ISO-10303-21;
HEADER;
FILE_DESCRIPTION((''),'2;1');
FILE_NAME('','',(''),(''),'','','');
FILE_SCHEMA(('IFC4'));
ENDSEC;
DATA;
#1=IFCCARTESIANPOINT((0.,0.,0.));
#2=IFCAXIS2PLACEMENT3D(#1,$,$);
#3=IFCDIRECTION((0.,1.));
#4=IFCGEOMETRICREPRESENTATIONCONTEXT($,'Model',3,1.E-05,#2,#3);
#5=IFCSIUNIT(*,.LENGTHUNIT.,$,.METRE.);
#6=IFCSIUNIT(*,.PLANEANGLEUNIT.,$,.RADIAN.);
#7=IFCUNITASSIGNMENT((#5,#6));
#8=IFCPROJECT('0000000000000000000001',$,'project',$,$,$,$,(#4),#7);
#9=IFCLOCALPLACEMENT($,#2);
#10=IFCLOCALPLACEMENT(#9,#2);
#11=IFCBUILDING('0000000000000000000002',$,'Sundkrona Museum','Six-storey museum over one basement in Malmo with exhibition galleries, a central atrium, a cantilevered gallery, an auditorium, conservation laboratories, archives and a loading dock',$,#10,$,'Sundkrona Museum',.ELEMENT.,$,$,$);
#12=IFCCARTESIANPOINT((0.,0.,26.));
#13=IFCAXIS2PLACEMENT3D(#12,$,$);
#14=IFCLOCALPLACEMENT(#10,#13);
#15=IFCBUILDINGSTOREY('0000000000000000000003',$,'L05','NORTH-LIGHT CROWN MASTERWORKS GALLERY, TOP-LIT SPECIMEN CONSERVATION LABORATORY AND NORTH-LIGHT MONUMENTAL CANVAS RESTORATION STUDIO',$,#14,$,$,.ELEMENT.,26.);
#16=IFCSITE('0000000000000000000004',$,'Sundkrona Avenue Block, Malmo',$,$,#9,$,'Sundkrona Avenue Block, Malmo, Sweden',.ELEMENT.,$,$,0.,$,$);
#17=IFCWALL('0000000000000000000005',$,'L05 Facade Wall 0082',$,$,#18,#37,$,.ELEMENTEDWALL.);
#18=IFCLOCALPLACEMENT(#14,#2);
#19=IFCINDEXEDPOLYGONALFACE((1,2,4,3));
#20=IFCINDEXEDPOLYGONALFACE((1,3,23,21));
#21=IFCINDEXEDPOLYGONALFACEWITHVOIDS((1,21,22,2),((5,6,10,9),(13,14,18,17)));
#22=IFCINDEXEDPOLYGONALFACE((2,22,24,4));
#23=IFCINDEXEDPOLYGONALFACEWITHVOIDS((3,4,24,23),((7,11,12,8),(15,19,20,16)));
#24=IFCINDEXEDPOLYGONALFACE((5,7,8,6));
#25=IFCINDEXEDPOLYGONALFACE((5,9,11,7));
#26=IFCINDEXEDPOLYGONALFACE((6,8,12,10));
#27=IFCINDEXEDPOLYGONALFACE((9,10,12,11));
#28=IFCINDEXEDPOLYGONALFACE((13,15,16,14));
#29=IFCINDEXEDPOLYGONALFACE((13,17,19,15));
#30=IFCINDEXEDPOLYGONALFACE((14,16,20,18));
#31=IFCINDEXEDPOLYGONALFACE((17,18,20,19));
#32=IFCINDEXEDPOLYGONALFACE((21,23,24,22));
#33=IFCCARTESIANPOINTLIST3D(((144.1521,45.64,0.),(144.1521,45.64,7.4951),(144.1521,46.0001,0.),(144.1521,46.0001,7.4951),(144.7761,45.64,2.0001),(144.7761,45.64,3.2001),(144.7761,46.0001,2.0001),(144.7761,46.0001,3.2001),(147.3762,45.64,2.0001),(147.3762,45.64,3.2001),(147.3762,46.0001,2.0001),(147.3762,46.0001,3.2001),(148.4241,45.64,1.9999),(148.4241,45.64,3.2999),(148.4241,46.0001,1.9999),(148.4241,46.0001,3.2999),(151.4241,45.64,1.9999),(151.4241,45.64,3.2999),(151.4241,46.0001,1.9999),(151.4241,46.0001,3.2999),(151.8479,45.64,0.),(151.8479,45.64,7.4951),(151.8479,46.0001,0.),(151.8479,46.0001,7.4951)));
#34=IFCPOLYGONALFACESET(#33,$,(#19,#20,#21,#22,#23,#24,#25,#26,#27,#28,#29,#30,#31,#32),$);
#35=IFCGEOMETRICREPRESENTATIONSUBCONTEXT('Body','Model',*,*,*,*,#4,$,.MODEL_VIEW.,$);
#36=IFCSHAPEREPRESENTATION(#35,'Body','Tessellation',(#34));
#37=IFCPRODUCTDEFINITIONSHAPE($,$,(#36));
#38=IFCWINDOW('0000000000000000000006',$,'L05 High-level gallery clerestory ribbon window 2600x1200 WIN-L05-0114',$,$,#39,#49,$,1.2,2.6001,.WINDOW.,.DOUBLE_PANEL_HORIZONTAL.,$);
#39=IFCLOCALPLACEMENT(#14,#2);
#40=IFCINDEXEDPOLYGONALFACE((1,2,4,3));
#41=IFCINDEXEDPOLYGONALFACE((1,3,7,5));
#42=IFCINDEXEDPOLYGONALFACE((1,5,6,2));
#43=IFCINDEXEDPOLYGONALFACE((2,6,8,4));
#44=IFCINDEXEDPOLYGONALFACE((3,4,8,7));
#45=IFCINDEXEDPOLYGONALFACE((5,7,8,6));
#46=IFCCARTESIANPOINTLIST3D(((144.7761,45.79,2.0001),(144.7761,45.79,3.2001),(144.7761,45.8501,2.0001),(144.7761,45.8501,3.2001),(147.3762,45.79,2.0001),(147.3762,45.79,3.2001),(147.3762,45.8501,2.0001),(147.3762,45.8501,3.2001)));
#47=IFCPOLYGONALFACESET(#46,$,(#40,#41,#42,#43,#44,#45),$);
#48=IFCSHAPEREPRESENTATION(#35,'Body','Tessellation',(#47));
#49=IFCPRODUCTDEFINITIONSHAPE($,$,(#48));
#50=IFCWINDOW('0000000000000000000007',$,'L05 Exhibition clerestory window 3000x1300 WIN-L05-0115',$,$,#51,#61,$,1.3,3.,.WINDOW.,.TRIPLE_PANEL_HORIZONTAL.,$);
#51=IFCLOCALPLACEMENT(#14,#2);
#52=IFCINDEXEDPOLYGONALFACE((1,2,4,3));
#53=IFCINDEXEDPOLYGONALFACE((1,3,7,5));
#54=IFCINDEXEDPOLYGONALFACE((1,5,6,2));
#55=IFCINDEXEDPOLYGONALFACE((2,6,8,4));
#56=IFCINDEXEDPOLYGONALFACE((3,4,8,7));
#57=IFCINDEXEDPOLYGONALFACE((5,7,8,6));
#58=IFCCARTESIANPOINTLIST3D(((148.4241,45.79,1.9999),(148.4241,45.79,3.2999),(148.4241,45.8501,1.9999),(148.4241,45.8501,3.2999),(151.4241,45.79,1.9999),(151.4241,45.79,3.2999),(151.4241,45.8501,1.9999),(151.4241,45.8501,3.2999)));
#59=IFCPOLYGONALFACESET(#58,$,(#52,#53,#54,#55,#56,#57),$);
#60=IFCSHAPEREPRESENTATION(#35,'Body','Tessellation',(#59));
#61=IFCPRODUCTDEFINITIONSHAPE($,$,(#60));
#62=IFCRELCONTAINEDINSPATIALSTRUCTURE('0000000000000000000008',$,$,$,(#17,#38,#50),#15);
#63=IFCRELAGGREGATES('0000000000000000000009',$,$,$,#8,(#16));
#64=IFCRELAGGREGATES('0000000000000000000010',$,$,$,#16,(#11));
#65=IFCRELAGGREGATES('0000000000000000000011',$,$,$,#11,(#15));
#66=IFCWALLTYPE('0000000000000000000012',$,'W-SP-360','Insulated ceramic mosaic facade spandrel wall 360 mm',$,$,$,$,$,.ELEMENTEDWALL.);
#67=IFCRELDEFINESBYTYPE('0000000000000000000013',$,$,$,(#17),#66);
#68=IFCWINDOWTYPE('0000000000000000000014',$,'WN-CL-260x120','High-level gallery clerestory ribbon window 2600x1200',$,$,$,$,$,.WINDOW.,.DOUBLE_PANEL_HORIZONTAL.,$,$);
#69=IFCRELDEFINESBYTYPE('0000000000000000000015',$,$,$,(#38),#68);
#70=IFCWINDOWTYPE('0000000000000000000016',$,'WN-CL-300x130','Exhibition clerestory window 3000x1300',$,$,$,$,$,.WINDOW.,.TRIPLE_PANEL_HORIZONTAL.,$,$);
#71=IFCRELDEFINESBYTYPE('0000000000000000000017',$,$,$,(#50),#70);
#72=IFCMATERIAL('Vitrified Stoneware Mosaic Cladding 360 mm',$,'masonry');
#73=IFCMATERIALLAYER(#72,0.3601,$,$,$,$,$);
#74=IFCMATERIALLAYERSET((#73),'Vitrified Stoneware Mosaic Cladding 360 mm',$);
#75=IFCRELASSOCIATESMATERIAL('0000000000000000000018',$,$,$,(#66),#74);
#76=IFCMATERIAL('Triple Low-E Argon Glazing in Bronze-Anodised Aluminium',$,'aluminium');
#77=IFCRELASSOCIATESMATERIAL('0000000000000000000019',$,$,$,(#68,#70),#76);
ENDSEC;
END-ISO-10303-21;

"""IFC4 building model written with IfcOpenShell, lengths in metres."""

from ifc_helpers import new_model, si_unit, direction, frame, frame_2d, origin, place, context, subcontext, project, spatial, rectangle, extrude, material, layer, layer_set, type_object, element, fill, save


model = new_model("IFC4")

# Units and contexts
model_context = context("Model", 3, precision=1e-05, world=origin(), true_north=direction((0.0, 1.0)))
body_context = subcontext(model_context, "Body", "Model", "MODEL_VIEW")
ifc_project = project(units=[si_unit("LENGTHUNIT", "METRE"), si_unit("PLANEANGLEUNIT", "RADIAN")], contexts=[model_context])

# Site, building, storey
site_placement = place(None, origin())
site = spatial("IfcSite", under=ifc_project, at=site_placement, Name="Sundkrona Avenue Block, Malmo", LongName="Sundkrona Avenue Block, Malmo, Sweden", CompositionType="ELEMENT", RefElevation=0.0)
building_placement = place(site_placement, origin())
building = spatial("IfcBuilding", under=site, at=building_placement, Name="Sundkrona Museum", Description="Six-storey museum over one basement in Malmo with exhibition galleries, a central atrium, a cantilevered gallery, an auditorium, conservation laboratories, archives and a loading dock", LongName="Sundkrona Museum", CompositionType="ELEMENT")
storey_placement = place(building_placement, frame((0.0, 0.0, 26.0)))
storey = spatial("IfcBuildingStorey", under=building, at=storey_placement, Name="L05", Description="NORTH-LIGHT CROWN MASTERWORKS GALLERY, TOP-LIT SPECIMEN CONSERVATION LABORATORY AND NORTH-LIGHT MONUMENTAL CANVAS RESTORATION STUDIO", CompositionType="ELEMENT", Elevation=26.0)

# Wall, openings, windows
ifc_material_1 = material(Name="Vitrified Stoneware Mosaic Cladding 360 mm", Category="masonry")
ifc_layer_1 = layer(ifc_material_1, 0.3601)
ifc_layer_set_1 = layer_set([ifc_layer_1], Name="Vitrified Stoneware Mosaic Cladding 360 mm")
wall_type_1 = type_object("IfcWallType", Name="W-SP-360", Description="Insulated ceramic mosaic facade spandrel wall 360 mm", PredefinedType="ELEMENTEDWALL", material=ifc_layer_set_1)
wall_1_placement = place(storey_placement, frame((144.1521, 45.8201, 0.0), z_axis=(0.0, 0.0, 1.0), x_axis=(1.0, 0.0, 0.0)))
wall_1 = element("IfcWall", 1, at=wall_1_placement, inside=storey, type_object=wall_type_1, Name="L05 Facade Wall 0082", PredefinedType="ELEMENTEDWALL", context=body_context, shape_type="SweptSolid", body=[
    extrude(rectangle(XDim=7.6958, YDim=0.3601, at=frame_2d((3.8479, 0.0))), origin(), (0.0, 0.0, 1.0), 7.4951),
])
opening_1_placement = place(wall_1_placement, frame((0.624, 0.0, 2.0)))
opening_1 = element("IfcOpeningElement", 2, at=opening_1_placement, cuts=wall_1, PredefinedType="OPENING", context=body_context, shape_type="SweptSolid", body=[
    extrude(rectangle(XDim=2.6001, YDim=1.2, at=frame_2d((1.3, 0.6001))), frame((0.0, 0.1899, 0.0), z_axis=(0.0, -1.0, 0.0), x_axis=(1.0, 0.0, 0.0)), (0.0, 0.0, 1.0), 0.3801),
])
opening_2_placement = place(wall_1_placement, frame((4.272, 0.0, 2.0)))
opening_2 = element("IfcOpeningElement", 3, at=opening_2_placement, cuts=wall_1, PredefinedType="OPENING", context=body_context, shape_type="SweptSolid", body=[
    extrude(rectangle(XDim=3.0, YDim=1.3, at=frame_2d((1.5, 0.6499))), frame((0.0, 0.1899, 0.0), z_axis=(0.0, -1.0, 0.0), x_axis=(1.0, 0.0, 0.0)), (0.0, 0.0, 1.0), 0.3801),
])
ifc_material_2 = material(Name="Triple Low-E Argon Glazing in Bronze-Anodised Aluminium", Category="aluminium")
window_type_1 = type_object("IfcWindowType", Name="WN-CL-260x120", Description="High-level gallery clerestory ribbon window 2600x1200", PartitioningType="DOUBLE_PANEL_HORIZONTAL", PredefinedType="WINDOW", material=ifc_material_2)
window_1_placement = place(opening_1_placement, origin())
window_1 = element("IfcWindow", 4, at=window_1_placement, inside=storey, type_object=window_type_1, Name="L05 High-level gallery clerestory ribbon window 2600x1200 WIN-L05-0114", OverallHeight=1.2, OverallWidth=2.6001, PartitioningType="DOUBLE_PANEL_HORIZONTAL", PredefinedType="WINDOW", context=body_context, shape_type="SweptSolid", body=[
    extrude(rectangle(XDim=2.6001, YDim=1.2, at=frame_2d((1.3, 0.6001))), frame((0.0, 0.03, 0.0), z_axis=(0.0, -1.0, 0.0), x_axis=(1.0, 0.0, 0.0)), (0.0, 0.0, 1.0), 0.0601),
])
fill(opening_1, window_1)
window_type_2 = type_object("IfcWindowType", Name="WN-CL-300x130", Description="Exhibition clerestory window 3000x1300", PartitioningType="TRIPLE_PANEL_HORIZONTAL", PredefinedType="WINDOW", material=ifc_material_2)
window_2_placement = place(opening_2_placement, origin())
window_2 = element("IfcWindow", 5, at=window_2_placement, inside=storey, type_object=window_type_2, Name="L05 Exhibition clerestory window 3000x1300 WIN-L05-0115", OverallHeight=1.3, OverallWidth=3.0, PartitioningType="TRIPLE_PANEL_HORIZONTAL", PredefinedType="WINDOW", context=body_context, shape_type="SweptSolid", body=[
    extrude(rectangle(XDim=3.0, YDim=1.3, at=frame_2d((1.5, 0.6499))), frame((0.0, 0.03, 0.0), z_axis=(0.0, -1.0, 0.0), x_axis=(1.0, 0.0, 0.0)), (0.0, 0.0, 1.0), 0.0601),
])
fill(opening_2, window_2)

save(model, "model.ifc")
